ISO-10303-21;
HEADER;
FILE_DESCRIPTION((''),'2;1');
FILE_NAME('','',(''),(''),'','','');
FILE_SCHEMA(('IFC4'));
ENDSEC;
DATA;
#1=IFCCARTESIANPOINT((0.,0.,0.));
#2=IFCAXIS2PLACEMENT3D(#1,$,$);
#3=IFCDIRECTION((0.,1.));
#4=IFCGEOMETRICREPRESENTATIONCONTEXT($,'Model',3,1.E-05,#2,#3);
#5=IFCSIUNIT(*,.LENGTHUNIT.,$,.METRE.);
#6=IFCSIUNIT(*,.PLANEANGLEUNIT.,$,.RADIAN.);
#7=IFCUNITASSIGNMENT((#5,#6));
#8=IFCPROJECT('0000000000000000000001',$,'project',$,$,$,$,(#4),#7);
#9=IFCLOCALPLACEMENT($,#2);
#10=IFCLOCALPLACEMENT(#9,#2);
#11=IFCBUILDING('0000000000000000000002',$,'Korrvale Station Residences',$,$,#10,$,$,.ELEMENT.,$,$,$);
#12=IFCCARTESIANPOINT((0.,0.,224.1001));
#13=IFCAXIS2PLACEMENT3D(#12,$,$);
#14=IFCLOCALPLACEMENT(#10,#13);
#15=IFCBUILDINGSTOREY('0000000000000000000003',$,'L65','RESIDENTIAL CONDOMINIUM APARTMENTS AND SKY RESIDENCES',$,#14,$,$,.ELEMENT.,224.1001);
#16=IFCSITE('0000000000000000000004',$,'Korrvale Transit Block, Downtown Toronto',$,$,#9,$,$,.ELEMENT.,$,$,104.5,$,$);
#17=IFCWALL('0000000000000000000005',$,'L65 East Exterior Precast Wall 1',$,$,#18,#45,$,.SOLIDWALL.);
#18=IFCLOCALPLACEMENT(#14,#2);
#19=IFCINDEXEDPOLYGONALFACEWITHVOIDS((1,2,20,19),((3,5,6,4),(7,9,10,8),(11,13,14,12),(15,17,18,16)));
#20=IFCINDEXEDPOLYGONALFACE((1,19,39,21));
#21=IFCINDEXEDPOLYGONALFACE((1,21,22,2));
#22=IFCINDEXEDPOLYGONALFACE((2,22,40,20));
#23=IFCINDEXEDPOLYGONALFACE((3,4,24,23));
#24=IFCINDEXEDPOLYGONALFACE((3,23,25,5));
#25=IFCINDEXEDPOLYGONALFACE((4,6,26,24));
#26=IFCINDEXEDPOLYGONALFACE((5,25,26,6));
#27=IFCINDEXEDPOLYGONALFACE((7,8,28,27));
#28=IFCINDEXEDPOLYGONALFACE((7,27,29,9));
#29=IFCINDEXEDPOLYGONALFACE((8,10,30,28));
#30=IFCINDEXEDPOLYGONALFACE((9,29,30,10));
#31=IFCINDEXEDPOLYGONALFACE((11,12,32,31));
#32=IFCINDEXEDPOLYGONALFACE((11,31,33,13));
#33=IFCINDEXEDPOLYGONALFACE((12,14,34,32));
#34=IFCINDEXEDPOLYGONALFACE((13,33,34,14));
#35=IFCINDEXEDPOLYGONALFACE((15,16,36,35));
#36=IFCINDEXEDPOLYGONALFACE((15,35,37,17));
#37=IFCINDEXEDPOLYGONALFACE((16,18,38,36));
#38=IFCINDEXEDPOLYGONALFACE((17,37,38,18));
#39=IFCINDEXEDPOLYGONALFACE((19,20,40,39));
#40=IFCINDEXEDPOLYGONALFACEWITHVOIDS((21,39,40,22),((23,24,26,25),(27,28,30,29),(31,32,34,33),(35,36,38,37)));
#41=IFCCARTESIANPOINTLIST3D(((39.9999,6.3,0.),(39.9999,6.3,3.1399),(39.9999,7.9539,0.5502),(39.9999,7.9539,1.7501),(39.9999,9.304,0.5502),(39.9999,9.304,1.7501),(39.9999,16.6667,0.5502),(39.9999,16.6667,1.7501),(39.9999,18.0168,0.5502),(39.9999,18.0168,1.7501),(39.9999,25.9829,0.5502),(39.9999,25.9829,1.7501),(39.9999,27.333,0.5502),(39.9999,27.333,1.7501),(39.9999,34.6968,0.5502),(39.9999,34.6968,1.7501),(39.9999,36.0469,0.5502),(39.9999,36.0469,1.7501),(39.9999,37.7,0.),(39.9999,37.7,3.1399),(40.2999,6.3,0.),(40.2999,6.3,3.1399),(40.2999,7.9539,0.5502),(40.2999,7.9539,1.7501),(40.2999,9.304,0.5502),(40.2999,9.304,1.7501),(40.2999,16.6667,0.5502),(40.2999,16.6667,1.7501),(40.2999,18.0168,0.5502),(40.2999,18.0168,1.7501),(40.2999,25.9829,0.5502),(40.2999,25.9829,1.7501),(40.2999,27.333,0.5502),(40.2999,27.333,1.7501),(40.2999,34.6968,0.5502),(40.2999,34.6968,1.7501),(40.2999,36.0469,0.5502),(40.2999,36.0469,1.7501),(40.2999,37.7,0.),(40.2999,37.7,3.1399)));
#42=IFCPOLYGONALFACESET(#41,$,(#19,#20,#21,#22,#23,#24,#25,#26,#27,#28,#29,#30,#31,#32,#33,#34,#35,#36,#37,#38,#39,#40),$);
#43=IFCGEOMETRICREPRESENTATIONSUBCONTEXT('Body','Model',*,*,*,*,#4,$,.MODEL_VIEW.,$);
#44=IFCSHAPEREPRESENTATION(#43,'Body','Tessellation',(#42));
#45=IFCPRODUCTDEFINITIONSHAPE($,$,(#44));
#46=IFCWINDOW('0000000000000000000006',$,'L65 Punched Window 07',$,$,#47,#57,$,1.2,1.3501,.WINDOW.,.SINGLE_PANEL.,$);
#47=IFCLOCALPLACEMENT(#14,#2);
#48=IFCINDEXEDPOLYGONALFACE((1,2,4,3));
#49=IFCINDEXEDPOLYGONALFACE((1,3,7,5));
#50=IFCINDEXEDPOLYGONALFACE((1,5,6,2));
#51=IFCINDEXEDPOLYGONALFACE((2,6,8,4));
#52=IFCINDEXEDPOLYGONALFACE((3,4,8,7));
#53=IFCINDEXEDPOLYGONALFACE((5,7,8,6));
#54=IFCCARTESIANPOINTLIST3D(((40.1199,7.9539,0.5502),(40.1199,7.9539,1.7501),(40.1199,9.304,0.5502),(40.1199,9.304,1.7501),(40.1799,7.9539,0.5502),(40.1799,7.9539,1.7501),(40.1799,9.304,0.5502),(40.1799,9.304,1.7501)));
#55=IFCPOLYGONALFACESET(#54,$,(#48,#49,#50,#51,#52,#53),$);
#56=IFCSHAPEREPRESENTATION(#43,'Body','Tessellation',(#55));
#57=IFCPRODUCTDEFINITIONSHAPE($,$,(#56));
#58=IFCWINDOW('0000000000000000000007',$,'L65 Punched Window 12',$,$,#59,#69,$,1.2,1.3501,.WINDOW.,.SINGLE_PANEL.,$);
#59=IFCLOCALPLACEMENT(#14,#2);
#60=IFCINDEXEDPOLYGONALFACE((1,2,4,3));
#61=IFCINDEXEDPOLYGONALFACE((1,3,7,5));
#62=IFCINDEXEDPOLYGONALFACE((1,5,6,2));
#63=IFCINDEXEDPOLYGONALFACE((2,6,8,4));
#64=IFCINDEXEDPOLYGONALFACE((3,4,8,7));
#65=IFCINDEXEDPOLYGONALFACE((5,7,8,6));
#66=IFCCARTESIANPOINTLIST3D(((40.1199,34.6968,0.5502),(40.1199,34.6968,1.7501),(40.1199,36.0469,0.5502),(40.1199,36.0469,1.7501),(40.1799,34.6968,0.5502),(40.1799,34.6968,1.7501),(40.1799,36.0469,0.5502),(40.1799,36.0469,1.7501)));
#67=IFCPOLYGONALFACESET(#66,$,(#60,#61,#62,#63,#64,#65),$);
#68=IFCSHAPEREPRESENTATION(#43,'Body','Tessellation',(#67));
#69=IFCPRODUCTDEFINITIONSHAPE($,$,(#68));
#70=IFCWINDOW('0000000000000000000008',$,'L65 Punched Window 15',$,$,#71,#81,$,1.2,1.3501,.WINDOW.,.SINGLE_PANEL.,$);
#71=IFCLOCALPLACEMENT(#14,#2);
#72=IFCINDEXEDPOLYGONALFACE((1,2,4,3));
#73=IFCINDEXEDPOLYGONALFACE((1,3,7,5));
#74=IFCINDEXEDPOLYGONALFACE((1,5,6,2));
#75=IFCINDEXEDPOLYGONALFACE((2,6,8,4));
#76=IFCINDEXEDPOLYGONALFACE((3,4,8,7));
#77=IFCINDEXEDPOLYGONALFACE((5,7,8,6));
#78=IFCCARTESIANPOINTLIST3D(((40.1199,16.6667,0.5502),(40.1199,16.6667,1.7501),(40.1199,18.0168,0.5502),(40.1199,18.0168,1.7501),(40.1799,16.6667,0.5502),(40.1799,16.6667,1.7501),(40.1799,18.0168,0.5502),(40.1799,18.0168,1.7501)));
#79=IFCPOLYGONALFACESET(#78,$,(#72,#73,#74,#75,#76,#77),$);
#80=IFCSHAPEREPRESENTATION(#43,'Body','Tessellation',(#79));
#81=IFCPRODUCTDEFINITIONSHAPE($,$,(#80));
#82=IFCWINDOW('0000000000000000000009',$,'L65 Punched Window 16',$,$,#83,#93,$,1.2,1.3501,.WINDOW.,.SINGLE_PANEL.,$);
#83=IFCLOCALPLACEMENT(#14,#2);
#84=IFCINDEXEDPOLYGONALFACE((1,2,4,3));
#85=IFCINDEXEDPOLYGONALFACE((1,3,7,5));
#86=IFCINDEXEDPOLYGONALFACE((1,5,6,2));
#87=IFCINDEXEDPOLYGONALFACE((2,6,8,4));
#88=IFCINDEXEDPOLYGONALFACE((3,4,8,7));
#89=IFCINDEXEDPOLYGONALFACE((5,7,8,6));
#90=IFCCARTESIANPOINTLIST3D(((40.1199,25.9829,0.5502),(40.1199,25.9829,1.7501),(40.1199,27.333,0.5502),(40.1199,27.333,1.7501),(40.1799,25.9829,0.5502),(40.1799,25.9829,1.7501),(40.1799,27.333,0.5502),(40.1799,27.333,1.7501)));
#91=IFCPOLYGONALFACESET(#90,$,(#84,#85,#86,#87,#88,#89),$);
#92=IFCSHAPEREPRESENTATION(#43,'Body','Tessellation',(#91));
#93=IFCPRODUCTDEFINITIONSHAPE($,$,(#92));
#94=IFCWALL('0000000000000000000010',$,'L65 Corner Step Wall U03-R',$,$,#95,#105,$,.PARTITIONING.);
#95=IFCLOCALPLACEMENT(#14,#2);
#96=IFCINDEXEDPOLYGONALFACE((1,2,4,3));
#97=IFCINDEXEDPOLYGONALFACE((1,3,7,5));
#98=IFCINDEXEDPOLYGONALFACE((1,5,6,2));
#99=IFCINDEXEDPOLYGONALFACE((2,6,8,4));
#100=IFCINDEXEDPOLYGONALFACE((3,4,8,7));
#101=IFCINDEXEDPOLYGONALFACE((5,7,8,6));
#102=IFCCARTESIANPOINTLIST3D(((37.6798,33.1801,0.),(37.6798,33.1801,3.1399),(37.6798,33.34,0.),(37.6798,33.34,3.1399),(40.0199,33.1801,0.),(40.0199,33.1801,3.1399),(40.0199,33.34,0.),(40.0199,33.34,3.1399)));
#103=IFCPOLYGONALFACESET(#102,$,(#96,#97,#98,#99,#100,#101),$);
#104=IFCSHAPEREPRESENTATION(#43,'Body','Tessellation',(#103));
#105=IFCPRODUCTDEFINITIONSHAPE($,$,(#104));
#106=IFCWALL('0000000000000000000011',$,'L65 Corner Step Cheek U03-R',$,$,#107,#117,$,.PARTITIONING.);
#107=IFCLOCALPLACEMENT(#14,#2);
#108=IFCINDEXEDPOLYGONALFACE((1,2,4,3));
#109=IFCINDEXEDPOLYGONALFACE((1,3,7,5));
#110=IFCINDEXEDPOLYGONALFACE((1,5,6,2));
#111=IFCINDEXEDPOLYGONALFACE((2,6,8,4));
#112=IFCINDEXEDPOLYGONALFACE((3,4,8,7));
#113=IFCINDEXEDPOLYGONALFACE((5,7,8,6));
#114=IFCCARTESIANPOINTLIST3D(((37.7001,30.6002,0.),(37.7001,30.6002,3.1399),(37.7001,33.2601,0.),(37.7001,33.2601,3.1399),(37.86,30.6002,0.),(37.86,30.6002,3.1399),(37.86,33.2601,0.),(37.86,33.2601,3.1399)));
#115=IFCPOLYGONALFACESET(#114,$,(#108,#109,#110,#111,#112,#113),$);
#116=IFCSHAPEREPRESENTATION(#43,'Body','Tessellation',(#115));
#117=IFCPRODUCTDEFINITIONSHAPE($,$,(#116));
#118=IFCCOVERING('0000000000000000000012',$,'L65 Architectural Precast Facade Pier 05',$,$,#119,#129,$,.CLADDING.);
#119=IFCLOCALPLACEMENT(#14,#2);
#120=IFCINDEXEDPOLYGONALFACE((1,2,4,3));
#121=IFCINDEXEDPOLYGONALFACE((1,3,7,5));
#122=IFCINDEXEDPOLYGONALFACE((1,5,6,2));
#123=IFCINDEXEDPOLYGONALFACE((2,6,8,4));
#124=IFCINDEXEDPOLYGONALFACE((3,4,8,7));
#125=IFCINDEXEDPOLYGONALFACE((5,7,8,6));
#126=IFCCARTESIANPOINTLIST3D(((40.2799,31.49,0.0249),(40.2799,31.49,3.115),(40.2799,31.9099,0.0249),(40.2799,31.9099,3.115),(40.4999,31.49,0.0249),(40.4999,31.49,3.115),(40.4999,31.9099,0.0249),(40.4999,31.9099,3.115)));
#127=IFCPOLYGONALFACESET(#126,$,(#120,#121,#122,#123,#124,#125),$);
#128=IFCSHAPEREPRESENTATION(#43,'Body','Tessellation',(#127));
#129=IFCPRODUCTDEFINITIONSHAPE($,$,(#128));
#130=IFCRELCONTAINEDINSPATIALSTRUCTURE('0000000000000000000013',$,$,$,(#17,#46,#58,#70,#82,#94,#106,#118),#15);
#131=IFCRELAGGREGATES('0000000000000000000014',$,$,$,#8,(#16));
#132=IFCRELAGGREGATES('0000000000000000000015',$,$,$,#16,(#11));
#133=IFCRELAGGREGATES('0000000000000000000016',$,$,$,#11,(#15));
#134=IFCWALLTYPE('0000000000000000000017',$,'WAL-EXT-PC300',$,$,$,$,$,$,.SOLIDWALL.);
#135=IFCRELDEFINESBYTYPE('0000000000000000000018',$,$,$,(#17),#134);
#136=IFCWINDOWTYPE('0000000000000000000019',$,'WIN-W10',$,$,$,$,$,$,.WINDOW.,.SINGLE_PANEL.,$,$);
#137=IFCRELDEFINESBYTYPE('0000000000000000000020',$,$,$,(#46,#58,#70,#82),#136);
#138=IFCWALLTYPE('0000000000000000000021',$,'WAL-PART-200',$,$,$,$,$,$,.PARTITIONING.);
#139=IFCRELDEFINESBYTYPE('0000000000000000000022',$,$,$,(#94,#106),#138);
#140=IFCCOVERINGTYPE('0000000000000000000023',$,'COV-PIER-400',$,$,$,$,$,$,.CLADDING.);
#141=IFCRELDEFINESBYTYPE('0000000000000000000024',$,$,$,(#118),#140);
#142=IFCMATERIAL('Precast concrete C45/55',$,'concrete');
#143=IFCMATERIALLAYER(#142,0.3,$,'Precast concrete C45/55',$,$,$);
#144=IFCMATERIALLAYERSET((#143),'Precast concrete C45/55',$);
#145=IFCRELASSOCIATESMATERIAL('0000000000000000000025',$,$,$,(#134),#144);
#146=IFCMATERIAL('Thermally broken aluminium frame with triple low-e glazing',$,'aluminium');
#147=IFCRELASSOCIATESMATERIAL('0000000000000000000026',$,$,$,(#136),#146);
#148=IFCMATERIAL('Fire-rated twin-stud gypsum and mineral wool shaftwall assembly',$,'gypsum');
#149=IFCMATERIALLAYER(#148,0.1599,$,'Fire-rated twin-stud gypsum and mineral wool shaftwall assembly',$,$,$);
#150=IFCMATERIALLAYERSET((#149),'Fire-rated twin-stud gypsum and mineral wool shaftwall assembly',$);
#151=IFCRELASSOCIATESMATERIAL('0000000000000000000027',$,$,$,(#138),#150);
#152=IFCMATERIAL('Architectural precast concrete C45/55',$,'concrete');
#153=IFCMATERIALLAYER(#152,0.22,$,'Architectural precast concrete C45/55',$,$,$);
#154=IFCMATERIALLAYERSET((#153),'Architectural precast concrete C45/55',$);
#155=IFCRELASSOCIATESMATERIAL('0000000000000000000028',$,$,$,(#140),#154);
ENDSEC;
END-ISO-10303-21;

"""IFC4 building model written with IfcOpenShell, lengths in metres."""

from ifc_helpers import new_model, si_unit, direction, frame, frame_2d, origin, origin_2d, place, context, subcontext, project, spatial, rectangle, extrude, material, layer, layer_set, type_object, element, fill, save


model = new_model("IFC4")

# Units and contexts
model_context = context("Model", 3, precision=1e-05, world=origin(), true_north=direction((0.0, 1.0)))
body_context = subcontext(model_context, "Body", "Model", "MODEL_VIEW")
ifc_project = project(units=[si_unit("LENGTHUNIT", "METRE"), si_unit("PLANEANGLEUNIT", "RADIAN")], contexts=[model_context])

# Site, building, storey
site_placement = place(None, origin())
site = spatial("IfcSite", under=ifc_project, at=site_placement, Name="Korrvale Transit Block, Downtown Toronto", CompositionType="ELEMENT", RefElevation=104.5)
building_placement = place(site_placement, origin())
building = spatial("IfcBuilding", under=site, at=building_placement, Name="Korrvale Station Residences", CompositionType="ELEMENT")
storey_placement = place(building_placement, frame((0.0, 0.0, 224.1001)))
storey = spatial("IfcBuildingStorey", under=building, at=storey_placement, Name="L65", Description="RESIDENTIAL CONDOMINIUM APARTMENTS AND SKY RESIDENCES", CompositionType="ELEMENT", Elevation=224.1001)

# Shared definitions
ifc_material_1 = material(Name="Precast concrete C45/55", Category="concrete")
ifc_layer_1 = layer(ifc_material_1, 0.3, Name="Precast concrete C45/55")
ifc_layer_set_1 = layer_set([ifc_layer_1], Name="Precast concrete C45/55")
wall_type_1 = type_object("IfcWallType", Name="WAL-EXT-PC300", PredefinedType="SOLIDWALL", material=ifc_layer_set_1)

# Wall, openings, windows
wall_1_placement = place(storey_placement, frame((40.1499, 37.7, 0.0), z_axis=(0.0, 0.0, 1.0), x_axis=(0.0, -1.0, 0.0)))
wall_1 = element("IfcWall", 1, at=wall_1_placement, inside=storey, type_object=wall_type_1, Name="L65 East Exterior Precast Wall 1", PredefinedType="SOLIDWALL", context=body_context, shape_type="SweptSolid", body=[
    extrude(rectangle(XDim=31.3999, YDim=0.3, at=frame_2d((15.7, 0.0))), origin(), (0.0, 0.0, 1.0), 3.1399),
])
opening_1_placement = place(wall_1_placement, frame((28.396, 0.0, 0.55)))
opening_1 = element("IfcOpeningElement", 2, at=opening_1_placement, cuts=wall_1, PredefinedType="OPENING", context=body_context, shape_type="SweptSolid", body=[
    extrude(rectangle(XDim=1.3501, YDim=1.2, at=frame_2d((0.675, 0.6001))), frame((0.0, 0.1602, 0.0), z_axis=(0.0, -1.0, 0.0), x_axis=(1.0, 0.0, 0.0)), (0.0, 0.0, 1.0), 0.3201),
])
opening_2_placement = place(wall_1_placement, frame((1.6531, 0.0, 0.55)))
opening_2 = element("IfcOpeningElement", 3, at=opening_2_placement, cuts=wall_1, PredefinedType="OPENING", context=body_context, shape_type="SweptSolid", body=[
    extrude(rectangle(XDim=1.3501, YDim=1.2, at=frame_2d((0.675, 0.6001))), frame((0.0, 0.1602, 0.0), z_axis=(0.0, -1.0, 0.0), x_axis=(1.0, 0.0, 0.0)), (0.0, 0.0, 1.0), 0.3201),
])
opening_3_placement = place(wall_1_placement, frame((19.6831, 0.0, 0.55)))
opening_3 = element("IfcOpeningElement", 4, at=opening_3_placement, cuts=wall_1, PredefinedType="OPENING", context=body_context, shape_type="SweptSolid", body=[
    extrude(rectangle(XDim=1.3501, YDim=1.2, at=frame_2d((0.675, 0.6001))), frame((0.0, 0.1602, 0.0), z_axis=(0.0, -1.0, 0.0), x_axis=(1.0, 0.0, 0.0)), (0.0, 0.0, 1.0), 0.3201),
])
opening_4_placement = place(wall_1_placement, frame((10.3669, 0.0, 0.55)))
opening_4 = element("IfcOpeningElement", 5, at=opening_4_placement, cuts=wall_1, PredefinedType="OPENING", context=body_context, shape_type="SweptSolid", body=[
    extrude(rectangle(XDim=1.3501, YDim=1.2, at=frame_2d((0.675, 0.6001))), frame((0.0, 0.1602, 0.0), z_axis=(0.0, -1.0, 0.0), x_axis=(1.0, 0.0, 0.0)), (0.0, 0.0, 1.0), 0.3201),
])
ifc_material_2 = material(Name="Thermally broken aluminium frame with triple low-e glazing", Category="aluminium")
window_type = type_object("IfcWindowType", Name="WIN-W10", PartitioningType="SINGLE_PANEL", PredefinedType="WINDOW", material=ifc_material_2)
window_1_placement = place(opening_1_placement, origin())
window_1 = element("IfcWindow", 6, at=window_1_placement, inside=storey, type_object=window_type, Name="L65 Punched Window 07", OverallHeight=1.2, OverallWidth=1.3501, PartitioningType="SINGLE_PANEL", PredefinedType="WINDOW", context=body_context, shape_type="SweptSolid", body=[
    extrude(rectangle(XDim=1.3501, YDim=1.2, at=frame_2d((0.675, 0.6001))), frame((0.0, 0.03, 0.0), z_axis=(0.0, -1.0, 0.0), x_axis=(1.0, 0.0, 0.0)), (0.0, 0.0, 1.0), 0.0601),
])
fill(opening_1, window_1)
window_2_placement = place(opening_2_placement, origin())
window_2 = element("IfcWindow", 7, at=window_2_placement, inside=storey, type_object=window_type, Name="L65 Punched Window 12", OverallHeight=1.2, OverallWidth=1.3501, PartitioningType="SINGLE_PANEL", PredefinedType="WINDOW", context=body_context, shape_type="SweptSolid", body=[
    extrude(rectangle(XDim=1.3501, YDim=1.2, at=frame_2d((0.675, 0.6001))), frame((0.0, 0.03, 0.0), z_axis=(0.0, -1.0, 0.0), x_axis=(1.0, 0.0, 0.0)), (0.0, 0.0, 1.0), 0.0601),
])
fill(opening_2, window_2)
window_3_placement = place(opening_3_placement, origin())
window_3 = element("IfcWindow", 8, at=window_3_placement, inside=storey, type_object=window_type, Name="L65 Punched Window 15", OverallHeight=1.2, OverallWidth=1.3501, PartitioningType="SINGLE_PANEL", PredefinedType="WINDOW", context=body_context, shape_type="SweptSolid", body=[
    extrude(rectangle(XDim=1.3501, YDim=1.2, at=frame_2d((0.675, 0.6001))), frame((0.0, 0.03, 0.0), z_axis=(0.0, -1.0, 0.0), x_axis=(1.0, 0.0, 0.0)), (0.0, 0.0, 1.0), 0.0601),
])
fill(opening_3, window_3)
window_4_placement = place(opening_4_placement, origin())
window_4 = element("IfcWindow", 9, at=window_4_placement, inside=storey, type_object=window_type, Name="L65 Punched Window 16", OverallHeight=1.2, OverallWidth=1.3501, PartitioningType="SINGLE_PANEL", PredefinedType="WINDOW", context=body_context, shape_type="SweptSolid", body=[
    extrude(rectangle(XDim=1.3501, YDim=1.2, at=frame_2d((0.675, 0.6001))), frame((0.0, 0.03, 0.0), z_axis=(0.0, -1.0, 0.0), x_axis=(1.0, 0.0, 0.0)), (0.0, 0.0, 1.0), 0.0601),
])
fill(opening_4, window_4)

# Walls
ifc_material_3 = material(Name="Fire-rated twin-stud gypsum and mineral wool shaftwall assembly", Category="gypsum")
ifc_layer_2 = layer(ifc_material_3, 0.1599, Name="Fire-rated twin-stud gypsum and mineral wool shaftwall assembly")
ifc_layer_set_2 = layer_set([ifc_layer_2], Name="Fire-rated twin-stud gypsum and mineral wool shaftwall assembly")
wall_type_2 = type_object("IfcWallType", Name="WAL-PART-200", PredefinedType="PARTITIONING", material=ifc_layer_set_2)
wall_2_placement = place(storey_placement, frame((37.6799, 33.26, 0.0), z_axis=(0.0, 0.0, 1.0), x_axis=(1.0, 0.0, 0.0)))
element("IfcWall", 10, at=wall_2_placement, inside=storey, type_object=wall_type_2, Name="L65 Corner Step Wall U03-R", PredefinedType="PARTITIONING", context=body_context, shape_type="SweptSolid", body=[
    extrude(rectangle(XDim=2.3401, YDim=0.1599, at=frame_2d((1.1699, 0.0))), origin(), (0.0, 0.0, 1.0), 3.1399),
])
wall_3_placement = place(storey_placement, frame((37.78, 30.6001, 0.0), z_axis=(0.0, 0.0, 1.0), x_axis=(0.0, 1.0, 0.0)))
element("IfcWall", 11, at=wall_3_placement, inside=storey, type_object=wall_type_2, Name="L65 Corner Step Cheek U03-R", PredefinedType="PARTITIONING", context=body_context, shape_type="SweptSolid", body=[
    extrude(rectangle(XDim=2.6599, YDim=0.1599, at=frame_2d((1.3301, 0.0))), origin(), (0.0, 0.0, 1.0), 3.1399),
])

# Covering
ifc_material_4 = material(Name="Architectural precast concrete C45/55", Category="concrete")
ifc_layer_3 = layer(ifc_material_4, 0.22, Name="Architectural precast concrete C45/55")
ifc_layer_set_3 = layer_set([ifc_layer_3], Name="Architectural precast concrete C45/55")
covering_type = type_object("IfcCoveringType", Name="COV-PIER-400", PredefinedType="CLADDING", material=ifc_layer_set_3)
covering_placement = place(storey_placement, frame((40.3899, 31.7, 0.0249), z_axis=(0.0, 0.0, 1.0), x_axis=(0.0, 1.0, 0.0)))
element("IfcCovering", 12, at=covering_placement, inside=storey, type_object=covering_type, Name="L65 Architectural Precast Facade Pier 05", PredefinedType="CLADDING", context=body_context, shape_type="SweptSolid", body=[
    extrude(rectangle(XDim=0.4199, YDim=0.22, at=origin_2d()), origin(), (0.0, 0.0, 1.0), 3.0901),
])

save(model, "model.ifc")
